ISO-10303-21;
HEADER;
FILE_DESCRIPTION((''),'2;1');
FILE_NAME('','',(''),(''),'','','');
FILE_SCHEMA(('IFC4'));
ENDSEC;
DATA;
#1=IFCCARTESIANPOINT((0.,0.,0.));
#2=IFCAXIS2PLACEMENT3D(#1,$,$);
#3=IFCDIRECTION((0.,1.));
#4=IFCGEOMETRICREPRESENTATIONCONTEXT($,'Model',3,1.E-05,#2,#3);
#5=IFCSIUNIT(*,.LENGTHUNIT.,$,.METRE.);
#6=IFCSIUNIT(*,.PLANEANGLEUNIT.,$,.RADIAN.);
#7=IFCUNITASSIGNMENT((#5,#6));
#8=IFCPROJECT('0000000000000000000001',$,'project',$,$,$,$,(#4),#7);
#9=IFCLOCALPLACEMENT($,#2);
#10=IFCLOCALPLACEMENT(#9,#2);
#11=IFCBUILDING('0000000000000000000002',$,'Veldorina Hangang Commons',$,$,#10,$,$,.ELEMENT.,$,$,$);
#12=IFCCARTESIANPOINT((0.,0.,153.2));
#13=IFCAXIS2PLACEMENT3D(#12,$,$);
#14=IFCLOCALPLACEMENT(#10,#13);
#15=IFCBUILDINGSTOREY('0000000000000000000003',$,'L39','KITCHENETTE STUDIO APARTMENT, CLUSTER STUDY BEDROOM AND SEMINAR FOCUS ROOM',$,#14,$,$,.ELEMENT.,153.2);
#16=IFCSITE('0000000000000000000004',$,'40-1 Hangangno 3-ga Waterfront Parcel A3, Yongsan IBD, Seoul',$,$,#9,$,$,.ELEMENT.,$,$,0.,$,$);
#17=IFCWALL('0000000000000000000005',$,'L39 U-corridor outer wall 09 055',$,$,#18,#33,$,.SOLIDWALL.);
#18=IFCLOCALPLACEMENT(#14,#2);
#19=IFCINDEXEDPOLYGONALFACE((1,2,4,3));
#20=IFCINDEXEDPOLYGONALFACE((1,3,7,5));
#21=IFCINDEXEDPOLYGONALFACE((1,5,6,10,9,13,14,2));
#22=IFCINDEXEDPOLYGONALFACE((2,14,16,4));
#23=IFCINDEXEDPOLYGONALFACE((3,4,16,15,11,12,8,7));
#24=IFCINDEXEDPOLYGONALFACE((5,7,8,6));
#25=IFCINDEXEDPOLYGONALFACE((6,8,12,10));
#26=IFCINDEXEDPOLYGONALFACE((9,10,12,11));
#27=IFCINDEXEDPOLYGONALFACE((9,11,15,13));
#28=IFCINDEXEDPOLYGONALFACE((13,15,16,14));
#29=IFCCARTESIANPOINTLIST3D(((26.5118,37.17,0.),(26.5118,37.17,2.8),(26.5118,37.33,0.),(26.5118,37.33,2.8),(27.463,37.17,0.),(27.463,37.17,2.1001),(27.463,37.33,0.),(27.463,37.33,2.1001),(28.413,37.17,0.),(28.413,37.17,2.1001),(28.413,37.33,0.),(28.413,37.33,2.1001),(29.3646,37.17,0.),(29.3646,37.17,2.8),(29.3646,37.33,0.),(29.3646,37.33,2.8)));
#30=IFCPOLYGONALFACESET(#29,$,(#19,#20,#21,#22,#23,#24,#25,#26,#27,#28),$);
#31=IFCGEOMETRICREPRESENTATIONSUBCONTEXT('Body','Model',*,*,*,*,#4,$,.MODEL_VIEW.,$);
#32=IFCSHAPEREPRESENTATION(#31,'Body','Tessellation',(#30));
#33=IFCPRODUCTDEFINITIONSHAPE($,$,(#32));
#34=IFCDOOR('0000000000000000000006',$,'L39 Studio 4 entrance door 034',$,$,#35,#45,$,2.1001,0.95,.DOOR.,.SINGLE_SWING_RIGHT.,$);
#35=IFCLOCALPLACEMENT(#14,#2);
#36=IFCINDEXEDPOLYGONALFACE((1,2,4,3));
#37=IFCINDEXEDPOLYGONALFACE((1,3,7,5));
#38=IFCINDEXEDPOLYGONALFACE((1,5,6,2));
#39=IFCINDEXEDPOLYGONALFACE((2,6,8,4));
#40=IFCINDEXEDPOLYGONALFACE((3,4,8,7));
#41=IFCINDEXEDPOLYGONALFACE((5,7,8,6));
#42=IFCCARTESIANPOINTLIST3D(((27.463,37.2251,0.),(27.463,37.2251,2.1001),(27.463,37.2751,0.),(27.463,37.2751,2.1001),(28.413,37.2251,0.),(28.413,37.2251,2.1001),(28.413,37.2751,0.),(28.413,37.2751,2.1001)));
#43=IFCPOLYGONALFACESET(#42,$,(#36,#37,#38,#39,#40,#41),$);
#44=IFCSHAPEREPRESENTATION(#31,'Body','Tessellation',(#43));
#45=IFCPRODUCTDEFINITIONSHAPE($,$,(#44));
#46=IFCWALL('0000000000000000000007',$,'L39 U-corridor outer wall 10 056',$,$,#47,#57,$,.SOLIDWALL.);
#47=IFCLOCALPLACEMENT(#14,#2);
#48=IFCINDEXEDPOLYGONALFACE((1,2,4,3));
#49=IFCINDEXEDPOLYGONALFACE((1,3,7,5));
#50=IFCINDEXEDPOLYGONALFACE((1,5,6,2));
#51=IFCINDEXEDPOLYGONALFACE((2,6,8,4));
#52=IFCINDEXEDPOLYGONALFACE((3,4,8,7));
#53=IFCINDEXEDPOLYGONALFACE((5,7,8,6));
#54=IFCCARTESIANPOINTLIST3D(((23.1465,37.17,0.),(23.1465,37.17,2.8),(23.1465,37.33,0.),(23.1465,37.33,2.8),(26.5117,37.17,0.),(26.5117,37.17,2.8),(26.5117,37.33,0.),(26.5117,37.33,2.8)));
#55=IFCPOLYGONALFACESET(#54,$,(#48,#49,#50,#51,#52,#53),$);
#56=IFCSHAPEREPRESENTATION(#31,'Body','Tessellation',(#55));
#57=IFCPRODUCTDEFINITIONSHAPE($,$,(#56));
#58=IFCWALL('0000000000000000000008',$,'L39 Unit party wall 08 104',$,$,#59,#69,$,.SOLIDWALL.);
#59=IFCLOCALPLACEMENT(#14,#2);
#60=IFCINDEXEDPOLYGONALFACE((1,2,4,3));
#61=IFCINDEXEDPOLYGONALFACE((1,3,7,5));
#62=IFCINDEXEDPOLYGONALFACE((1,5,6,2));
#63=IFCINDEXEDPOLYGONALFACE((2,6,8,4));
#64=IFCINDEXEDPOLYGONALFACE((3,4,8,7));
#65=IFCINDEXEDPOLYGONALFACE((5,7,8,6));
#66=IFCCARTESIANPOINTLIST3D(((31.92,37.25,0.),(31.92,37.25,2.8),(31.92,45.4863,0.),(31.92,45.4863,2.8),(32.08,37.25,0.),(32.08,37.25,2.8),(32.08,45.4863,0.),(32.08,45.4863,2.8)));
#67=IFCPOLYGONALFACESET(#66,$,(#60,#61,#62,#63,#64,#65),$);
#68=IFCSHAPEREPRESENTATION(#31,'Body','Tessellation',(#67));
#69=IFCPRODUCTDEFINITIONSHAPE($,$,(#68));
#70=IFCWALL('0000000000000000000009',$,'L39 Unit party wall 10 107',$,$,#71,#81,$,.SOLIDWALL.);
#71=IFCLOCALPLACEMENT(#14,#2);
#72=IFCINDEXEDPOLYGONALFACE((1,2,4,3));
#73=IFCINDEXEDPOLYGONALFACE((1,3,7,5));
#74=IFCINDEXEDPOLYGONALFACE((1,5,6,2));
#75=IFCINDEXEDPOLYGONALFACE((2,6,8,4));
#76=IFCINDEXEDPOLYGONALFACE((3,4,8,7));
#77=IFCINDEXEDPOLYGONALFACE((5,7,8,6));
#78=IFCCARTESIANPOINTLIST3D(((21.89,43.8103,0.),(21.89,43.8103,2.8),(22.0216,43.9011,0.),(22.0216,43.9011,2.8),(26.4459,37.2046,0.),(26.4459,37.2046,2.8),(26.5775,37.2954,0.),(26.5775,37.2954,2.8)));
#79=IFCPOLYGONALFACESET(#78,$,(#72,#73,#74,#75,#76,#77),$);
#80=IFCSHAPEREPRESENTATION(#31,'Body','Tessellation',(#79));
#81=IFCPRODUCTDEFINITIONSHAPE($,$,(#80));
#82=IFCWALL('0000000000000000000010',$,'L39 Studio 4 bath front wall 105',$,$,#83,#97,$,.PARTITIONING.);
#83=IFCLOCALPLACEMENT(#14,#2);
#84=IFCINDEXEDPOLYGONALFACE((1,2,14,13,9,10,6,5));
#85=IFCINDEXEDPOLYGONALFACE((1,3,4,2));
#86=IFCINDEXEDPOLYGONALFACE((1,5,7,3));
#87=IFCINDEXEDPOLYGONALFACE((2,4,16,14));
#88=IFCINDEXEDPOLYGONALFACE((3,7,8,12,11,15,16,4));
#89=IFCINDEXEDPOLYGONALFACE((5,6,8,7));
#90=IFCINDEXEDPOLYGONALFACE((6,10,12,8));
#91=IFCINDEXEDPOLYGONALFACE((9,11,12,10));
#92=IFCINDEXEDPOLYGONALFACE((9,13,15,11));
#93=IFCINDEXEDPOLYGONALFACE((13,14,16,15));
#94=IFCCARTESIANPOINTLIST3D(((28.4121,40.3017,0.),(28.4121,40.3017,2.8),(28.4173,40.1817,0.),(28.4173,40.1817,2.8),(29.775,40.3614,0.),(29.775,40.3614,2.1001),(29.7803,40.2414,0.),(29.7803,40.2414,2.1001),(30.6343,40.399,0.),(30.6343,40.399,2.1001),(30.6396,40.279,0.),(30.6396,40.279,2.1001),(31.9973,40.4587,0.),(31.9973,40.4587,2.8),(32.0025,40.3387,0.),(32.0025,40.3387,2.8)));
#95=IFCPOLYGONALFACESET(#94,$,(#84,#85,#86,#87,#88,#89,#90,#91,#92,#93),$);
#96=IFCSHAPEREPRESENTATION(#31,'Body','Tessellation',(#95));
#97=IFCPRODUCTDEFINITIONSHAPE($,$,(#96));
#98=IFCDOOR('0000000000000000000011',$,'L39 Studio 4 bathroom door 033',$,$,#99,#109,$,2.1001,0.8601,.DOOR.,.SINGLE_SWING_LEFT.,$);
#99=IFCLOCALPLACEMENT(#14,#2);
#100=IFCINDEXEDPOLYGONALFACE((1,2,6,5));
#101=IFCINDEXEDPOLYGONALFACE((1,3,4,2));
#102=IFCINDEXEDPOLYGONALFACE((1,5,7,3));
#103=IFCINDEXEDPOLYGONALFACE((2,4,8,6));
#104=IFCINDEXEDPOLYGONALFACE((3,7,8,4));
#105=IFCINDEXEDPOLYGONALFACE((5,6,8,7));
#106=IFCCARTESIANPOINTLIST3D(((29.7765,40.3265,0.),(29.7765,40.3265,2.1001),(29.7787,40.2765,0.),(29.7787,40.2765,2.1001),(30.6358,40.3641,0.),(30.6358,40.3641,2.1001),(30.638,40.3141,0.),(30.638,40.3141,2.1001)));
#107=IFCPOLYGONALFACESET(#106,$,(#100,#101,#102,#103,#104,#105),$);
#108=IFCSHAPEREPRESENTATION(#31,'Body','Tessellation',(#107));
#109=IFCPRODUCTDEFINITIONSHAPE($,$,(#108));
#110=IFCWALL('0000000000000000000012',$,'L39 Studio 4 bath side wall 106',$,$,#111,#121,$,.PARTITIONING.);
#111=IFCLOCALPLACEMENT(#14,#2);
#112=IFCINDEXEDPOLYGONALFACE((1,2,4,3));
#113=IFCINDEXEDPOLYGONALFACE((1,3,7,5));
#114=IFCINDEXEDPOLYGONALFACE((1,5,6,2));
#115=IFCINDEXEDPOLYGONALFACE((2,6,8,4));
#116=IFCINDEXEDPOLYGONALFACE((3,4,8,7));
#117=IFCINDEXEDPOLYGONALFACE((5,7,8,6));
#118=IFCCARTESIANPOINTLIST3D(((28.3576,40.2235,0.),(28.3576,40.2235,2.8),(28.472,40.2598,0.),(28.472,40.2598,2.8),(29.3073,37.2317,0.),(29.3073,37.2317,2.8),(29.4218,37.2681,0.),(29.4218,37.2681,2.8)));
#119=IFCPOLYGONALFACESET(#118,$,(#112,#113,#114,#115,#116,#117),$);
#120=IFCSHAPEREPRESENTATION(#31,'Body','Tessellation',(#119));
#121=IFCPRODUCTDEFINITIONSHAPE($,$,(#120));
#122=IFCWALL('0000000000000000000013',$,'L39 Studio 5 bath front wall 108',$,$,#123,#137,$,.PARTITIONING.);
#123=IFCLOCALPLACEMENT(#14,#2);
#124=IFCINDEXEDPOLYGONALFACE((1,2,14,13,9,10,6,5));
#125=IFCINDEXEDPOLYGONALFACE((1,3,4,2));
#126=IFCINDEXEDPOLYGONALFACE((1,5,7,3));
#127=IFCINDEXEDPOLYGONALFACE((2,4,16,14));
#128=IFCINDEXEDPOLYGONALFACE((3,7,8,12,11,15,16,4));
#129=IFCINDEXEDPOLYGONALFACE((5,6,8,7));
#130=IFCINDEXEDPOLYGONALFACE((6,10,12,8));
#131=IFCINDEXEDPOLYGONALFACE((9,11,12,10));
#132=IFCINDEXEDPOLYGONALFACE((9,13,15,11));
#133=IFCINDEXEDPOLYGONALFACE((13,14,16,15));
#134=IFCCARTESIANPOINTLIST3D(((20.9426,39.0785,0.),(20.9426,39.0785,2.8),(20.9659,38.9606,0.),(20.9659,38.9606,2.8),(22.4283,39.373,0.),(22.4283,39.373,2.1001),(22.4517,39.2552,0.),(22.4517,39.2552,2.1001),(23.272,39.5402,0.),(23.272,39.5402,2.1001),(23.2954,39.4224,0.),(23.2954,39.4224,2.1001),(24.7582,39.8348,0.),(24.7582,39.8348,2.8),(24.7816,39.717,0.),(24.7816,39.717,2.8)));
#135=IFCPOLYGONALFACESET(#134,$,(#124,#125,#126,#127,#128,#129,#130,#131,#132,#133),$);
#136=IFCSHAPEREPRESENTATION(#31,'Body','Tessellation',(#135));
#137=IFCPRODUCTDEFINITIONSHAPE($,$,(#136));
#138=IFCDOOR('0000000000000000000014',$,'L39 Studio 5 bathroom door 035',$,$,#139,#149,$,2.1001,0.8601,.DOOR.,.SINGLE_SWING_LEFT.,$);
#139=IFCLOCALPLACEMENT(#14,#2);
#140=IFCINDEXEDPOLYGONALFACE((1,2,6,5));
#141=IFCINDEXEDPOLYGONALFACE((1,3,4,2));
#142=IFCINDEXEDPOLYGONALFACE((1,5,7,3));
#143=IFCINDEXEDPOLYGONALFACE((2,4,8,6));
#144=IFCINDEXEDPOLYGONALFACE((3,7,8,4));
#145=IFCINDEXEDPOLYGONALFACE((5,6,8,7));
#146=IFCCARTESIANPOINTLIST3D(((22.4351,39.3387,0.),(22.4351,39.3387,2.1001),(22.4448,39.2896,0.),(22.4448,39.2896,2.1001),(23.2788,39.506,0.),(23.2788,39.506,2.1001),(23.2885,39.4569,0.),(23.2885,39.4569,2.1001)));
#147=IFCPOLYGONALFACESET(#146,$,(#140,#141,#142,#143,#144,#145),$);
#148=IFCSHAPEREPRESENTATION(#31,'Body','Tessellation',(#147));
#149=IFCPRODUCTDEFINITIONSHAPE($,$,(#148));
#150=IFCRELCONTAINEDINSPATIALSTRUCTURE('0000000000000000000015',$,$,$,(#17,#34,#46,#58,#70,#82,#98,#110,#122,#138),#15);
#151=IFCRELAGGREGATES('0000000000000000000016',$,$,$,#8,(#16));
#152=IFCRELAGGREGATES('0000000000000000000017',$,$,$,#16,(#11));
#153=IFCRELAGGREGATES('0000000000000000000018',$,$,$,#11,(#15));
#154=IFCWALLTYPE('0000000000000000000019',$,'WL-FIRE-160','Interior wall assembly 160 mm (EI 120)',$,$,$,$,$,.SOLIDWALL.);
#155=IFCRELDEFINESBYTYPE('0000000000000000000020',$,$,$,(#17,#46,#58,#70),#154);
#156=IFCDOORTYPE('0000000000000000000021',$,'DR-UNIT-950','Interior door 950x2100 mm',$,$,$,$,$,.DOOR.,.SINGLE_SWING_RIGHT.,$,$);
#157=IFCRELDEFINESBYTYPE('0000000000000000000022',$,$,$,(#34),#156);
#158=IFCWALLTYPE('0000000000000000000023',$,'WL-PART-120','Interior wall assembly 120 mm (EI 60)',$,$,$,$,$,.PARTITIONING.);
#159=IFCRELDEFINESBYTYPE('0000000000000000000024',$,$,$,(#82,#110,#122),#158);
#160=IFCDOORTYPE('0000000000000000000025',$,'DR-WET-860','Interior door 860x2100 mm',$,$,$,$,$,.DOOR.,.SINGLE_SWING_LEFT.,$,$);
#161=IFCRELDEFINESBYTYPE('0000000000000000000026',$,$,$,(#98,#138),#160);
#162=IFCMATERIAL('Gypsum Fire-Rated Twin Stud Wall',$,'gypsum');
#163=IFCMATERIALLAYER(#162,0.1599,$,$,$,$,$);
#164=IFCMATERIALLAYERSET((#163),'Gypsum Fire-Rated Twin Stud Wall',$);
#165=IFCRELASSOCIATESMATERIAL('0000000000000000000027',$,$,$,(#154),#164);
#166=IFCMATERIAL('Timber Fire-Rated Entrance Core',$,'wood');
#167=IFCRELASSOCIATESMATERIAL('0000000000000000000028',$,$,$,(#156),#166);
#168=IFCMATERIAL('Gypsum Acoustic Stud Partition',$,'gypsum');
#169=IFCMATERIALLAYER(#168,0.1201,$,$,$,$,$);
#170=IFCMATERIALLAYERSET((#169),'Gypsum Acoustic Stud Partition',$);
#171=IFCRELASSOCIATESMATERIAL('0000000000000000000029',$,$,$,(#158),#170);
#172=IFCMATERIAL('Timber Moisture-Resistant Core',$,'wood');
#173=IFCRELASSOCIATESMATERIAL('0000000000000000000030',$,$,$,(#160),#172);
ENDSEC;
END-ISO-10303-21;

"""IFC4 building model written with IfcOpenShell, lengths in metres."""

from ifc_helpers import new_model, si_unit, direction, frame, frame_2d, origin, place, context, subcontext, project, spatial, rectangle, extrude, material, layer, layer_set, type_object, element, fill, save


model = new_model("IFC4")

# Units and contexts
model_context = context("Model", 3, precision=1e-05, world=origin(), true_north=direction((0.0, 1.0)))
body_context = subcontext(model_context, "Body", "Model", "MODEL_VIEW")
ifc_project = project(units=[si_unit("LENGTHUNIT", "METRE"), si_unit("PLANEANGLEUNIT", "RADIAN")], contexts=[model_context])

# Site, building, storey
site_placement = place(None, origin())
site = spatial("IfcSite", under=ifc_project, at=site_placement, Name="40-1 Hangangno 3-ga Waterfront Parcel A3, Yongsan IBD, Seoul", CompositionType="ELEMENT", RefElevation=0.0)
building_placement = place(site_placement, origin())
building = spatial("IfcBuilding", under=site, at=building_placement, Name="Veldorina Hangang Commons", CompositionType="ELEMENT")
storey_placement = place(building_placement, frame((0.0, 0.0, 153.2)))
storey = spatial("IfcBuildingStorey", under=building, at=storey_placement, Name="L39", Description="KITCHENETTE STUDIO APARTMENT, CLUSTER STUDY BEDROOM AND SEMINAR FOCUS ROOM", CompositionType="ELEMENT", Elevation=153.2)

# Shared definitions
ifc_material_1 = material(Name="Gypsum Fire-Rated Twin Stud Wall", Category="gypsum")
ifc_layer_1 = layer(ifc_material_1, 0.1599)
ifc_layer_set_1 = layer_set([ifc_layer_1], Name="Gypsum Fire-Rated Twin Stud Wall")
wall_type_1 = type_object("IfcWallType", Name="WL-FIRE-160", Description="Interior wall assembly 160 mm (EI 120)", PredefinedType="SOLIDWALL", material=ifc_layer_set_1)

# Wall, opening, door
wall_1_placement = place(storey_placement, frame((29.3645, 37.25, 0.0), z_axis=(0.0, 0.0, 1.0), x_axis=(-1.0, 0.0, 0.0)))
wall_1 = element("IfcWall", 1, at=wall_1_placement, inside=storey, type_object=wall_type_1, Name="L39 U-corridor outer wall 09 055", PredefinedType="SOLIDWALL", context=body_context, shape_type="SweptSolid", body=[
    extrude(rectangle(XDim=2.8528, YDim=0.1599, at=frame_2d((1.4263, 0.0))), origin(), (0.0, 0.0, 1.0), 2.8),
])
opening_1_placement = place(wall_1_placement, frame((0.9514, 0.0, 0.0)))
opening_1 = element("IfcOpeningElement", 2, at=opening_1_placement, cuts=wall_1, PredefinedType="OPENING", context=body_context, shape_type="SweptSolid", body=[
    extrude(rectangle(XDim=0.95, YDim=2.1001, at=frame_2d((0.4751, 1.05))), frame((0.0, 0.0898, 0.0), z_axis=(0.0, -1.0, 0.0), x_axis=(1.0, 0.0, 0.0)), (0.0, 0.0, 1.0), 0.1799),
])
ifc_material_2 = material(Name="Timber Fire-Rated Entrance Core", Category="wood")
door_type_1 = type_object("IfcDoorType", Name="DR-UNIT-950", Description="Interior door 950x2100 mm", OperationType="SINGLE_SWING_RIGHT", PredefinedType="DOOR", material=ifc_material_2)
door_1_placement = place(opening_1_placement, origin())
door_1 = element("IfcDoor", 3, at=door_1_placement, inside=storey, type_object=door_type_1, Name="L39 Studio 4 entrance door 034", OperationType="SINGLE_SWING_RIGHT", OverallHeight=2.1001, OverallWidth=0.95, PredefinedType="DOOR", context=body_context, shape_type="SweptSolid", body=[
    extrude(rectangle(XDim=0.95, YDim=2.1001, at=frame_2d((0.4751, 1.05))), frame((0.0, 0.0249, 0.0), z_axis=(0.0, -1.0, 0.0), x_axis=(1.0, 0.0, 0.0)), (0.0, 0.0, 1.0), 0.05),
])
fill(opening_1, door_1)

# Walls
wall_2_placement = place(storey_placement, frame((26.5117, 37.25, 0.0), z_axis=(0.0, 0.0, 1.0), x_axis=(-1.0, 0.0, 0.0)))
element("IfcWall", 4, at=wall_2_placement, inside=storey, type_object=wall_type_1, Name="L39 U-corridor outer wall 10 056", PredefinedType="SOLIDWALL", context=body_context, shape_type="SweptSolid", body=[
    extrude(rectangle(XDim=3.3652, YDim=0.1599, at=frame_2d((1.6826, 0.0))), origin(), (0.0, 0.0, 1.0), 2.8),
])
wall_3_placement = place(storey_placement, frame((32.0, 37.25, 0.0), z_axis=(0.0, 0.0, 1.0), x_axis=(0.0, 1.0, 0.0)))
element("IfcWall", 5, at=wall_3_placement, inside=storey, type_object=wall_type_1, Name="L39 Unit party wall 08 104", PredefinedType="SOLIDWALL", context=body_context, shape_type="SweptSolid", body=[
    extrude(rectangle(XDim=8.2363, YDim=0.1599, at=frame_2d((4.1182, 0.0))), origin(), (0.0, 0.0, 1.0), 2.8),
])
wall_4_placement = place(storey_placement, frame((26.5117, 37.25, 0.0), z_axis=(0.0, 0.0, 1.0), x_axis=(-0.567754, 0.823199, 0.0)))
element("IfcWall", 6, at=wall_4_placement, inside=storey, type_object=wall_type_1, Name="L39 Unit party wall 10 107", PredefinedType="SOLIDWALL", context=body_context, shape_type="SweptSolid", body=[
    extrude(rectangle(XDim=8.0244, YDim=0.1599, at=frame_2d((4.0122, 0.0))), origin(), (0.0, 0.0, 1.0), 2.8),
])

# Wall, opening, door
ifc_material_3 = material(Name="Gypsum Acoustic Stud Partition", Category="gypsum")
ifc_layer_2 = layer(ifc_material_3, 0.1201)
ifc_layer_set_2 = layer_set([ifc_layer_2], Name="Gypsum Acoustic Stud Partition")
wall_type_2 = type_object("IfcWallType", Name="WL-PART-120", Description="Interior wall assembly 120 mm (EI 60)", PredefinedType="PARTITIONING", material=ifc_layer_set_2)
wall_5_placement = place(storey_placement, frame((32.0, 40.3987, 0.0), z_axis=(0.0, 0.0, 1.0), x_axis=(-0.999043, -0.043744, 0.0)))
wall_5 = element("IfcWall", 7, at=wall_5_placement, inside=storey, type_object=wall_type_2, Name="L39 Studio 4 bath front wall 105", PredefinedType="PARTITIONING", context=body_context, shape_type="SweptSolid", body=[
    extrude(rectangle(XDim=3.5886, YDim=0.1201, at=frame_2d((1.7944, 0.0))), origin(), (0.0, 0.0, 1.0), 2.8),
])
opening_2_placement = place(wall_5_placement, frame((1.3643, 0.0, 0.0)))
opening_2 = element("IfcOpeningElement", 8, at=opening_2_placement, cuts=wall_5, PredefinedType="OPENING", context=body_context, shape_type="SweptSolid", body=[
    extrude(rectangle(XDim=0.8601, YDim=2.1001, at=frame_2d((0.4302, 1.05))), frame((0.0, 0.0701, 0.0), z_axis=(0.0, -1.0, 0.0), x_axis=(1.0, 0.0, 0.0)), (0.0, 0.0, 1.0), 0.1401),
])
ifc_material_4 = material(Name="Timber Moisture-Resistant Core", Category="wood")
door_type_2 = type_object("IfcDoorType", Name="DR-WET-860", Description="Interior door 860x2100 mm", OperationType="SINGLE_SWING_LEFT", PredefinedType="DOOR", material=ifc_material_4)
door_2_placement = place(opening_2_placement, origin())
door_2 = element("IfcDoor", 9, at=door_2_placement, inside=storey, type_object=door_type_2, Name="L39 Studio 4 bathroom door 033", OperationType="SINGLE_SWING_LEFT", OverallHeight=2.1001, OverallWidth=0.8601, PredefinedType="DOOR", context=body_context, shape_type="SweptSolid", body=[
    extrude(rectangle(XDim=0.8601, YDim=2.1001, at=frame_2d((0.4302, 1.05))), frame((0.0, 0.0249, 0.0), z_axis=(0.0, -1.0, 0.0), x_axis=(1.0, 0.0, 0.0)), (0.0, 0.0, 1.0), 0.05),
])
fill(opening_2, door_2)

# Wall
wall_6_placement = place(storey_placement, frame((29.3645, 37.25, 0.0), z_axis=(0.0, 0.0, 1.0), x_axis=(-0.302568, 0.953128, 0.0)))
element("IfcWall", 10, at=wall_6_placement, inside=storey, type_object=wall_type_2, Name="L39 Studio 4 bath side wall 106", PredefinedType="PARTITIONING", context=body_context, shape_type="SweptSolid", body=[
    extrude(rectangle(XDim=3.1389, YDim=0.1201, at=frame_2d((1.5693, 0.0))), origin(), (0.0, 0.0, 1.0), 2.8),
])

# Wall, opening, door
wall_7_placement = place(storey_placement, frame((24.7698, 39.7759, 0.0), z_axis=(0.0, 0.0, 1.0), x_axis=(-0.980915, -0.194438, 0.0)))
wall_7 = element("IfcWall", 11, at=wall_7_placement, inside=storey, type_object=wall_type_2, Name="L39 Studio 5 bath front wall 108", PredefinedType="PARTITIONING", context=body_context, shape_type="SweptSolid", body=[
    extrude(rectangle(XDim=3.8899, YDim=0.1201, at=frame_2d((1.9448, 0.0))), origin(), (0.0, 0.0, 1.0), 2.8),
])
opening_3_placement = place(wall_7_placement, frame((1.5149, 0.0, 0.0)))
opening_3 = element("IfcOpeningElement", 12, at=opening_3_placement, cuts=wall_7, PredefinedType="OPENING", context=body_context, shape_type="SweptSolid", body=[
    extrude(rectangle(XDim=0.8601, YDim=2.1001, at=frame_2d((0.4302, 1.05))), frame((0.0, 0.0701, 0.0), z_axis=(0.0, -1.0, 0.0), x_axis=(1.0, 0.0, 0.0)), (0.0, 0.0, 1.0), 0.1401),
])
door_3_placement = place(opening_3_placement, origin())
door_3 = element("IfcDoor", 13, at=door_3_placement, inside=storey, type_object=door_type_2, Name="L39 Studio 5 bathroom door 035", OperationType="SINGLE_SWING_LEFT", OverallHeight=2.1001, OverallWidth=0.8601, PredefinedType="DOOR", context=body_context, shape_type="SweptSolid", body=[
    extrude(rectangle(XDim=0.8601, YDim=2.1001, at=frame_2d((0.4302, 1.05))), frame((0.0, 0.0249, 0.0), z_axis=(0.0, -1.0, 0.0), x_axis=(1.0, 0.0, 0.0)), (0.0, 0.0, 1.0), 0.05),
])
fill(opening_3, door_3)

save(model, "model.ifc")
